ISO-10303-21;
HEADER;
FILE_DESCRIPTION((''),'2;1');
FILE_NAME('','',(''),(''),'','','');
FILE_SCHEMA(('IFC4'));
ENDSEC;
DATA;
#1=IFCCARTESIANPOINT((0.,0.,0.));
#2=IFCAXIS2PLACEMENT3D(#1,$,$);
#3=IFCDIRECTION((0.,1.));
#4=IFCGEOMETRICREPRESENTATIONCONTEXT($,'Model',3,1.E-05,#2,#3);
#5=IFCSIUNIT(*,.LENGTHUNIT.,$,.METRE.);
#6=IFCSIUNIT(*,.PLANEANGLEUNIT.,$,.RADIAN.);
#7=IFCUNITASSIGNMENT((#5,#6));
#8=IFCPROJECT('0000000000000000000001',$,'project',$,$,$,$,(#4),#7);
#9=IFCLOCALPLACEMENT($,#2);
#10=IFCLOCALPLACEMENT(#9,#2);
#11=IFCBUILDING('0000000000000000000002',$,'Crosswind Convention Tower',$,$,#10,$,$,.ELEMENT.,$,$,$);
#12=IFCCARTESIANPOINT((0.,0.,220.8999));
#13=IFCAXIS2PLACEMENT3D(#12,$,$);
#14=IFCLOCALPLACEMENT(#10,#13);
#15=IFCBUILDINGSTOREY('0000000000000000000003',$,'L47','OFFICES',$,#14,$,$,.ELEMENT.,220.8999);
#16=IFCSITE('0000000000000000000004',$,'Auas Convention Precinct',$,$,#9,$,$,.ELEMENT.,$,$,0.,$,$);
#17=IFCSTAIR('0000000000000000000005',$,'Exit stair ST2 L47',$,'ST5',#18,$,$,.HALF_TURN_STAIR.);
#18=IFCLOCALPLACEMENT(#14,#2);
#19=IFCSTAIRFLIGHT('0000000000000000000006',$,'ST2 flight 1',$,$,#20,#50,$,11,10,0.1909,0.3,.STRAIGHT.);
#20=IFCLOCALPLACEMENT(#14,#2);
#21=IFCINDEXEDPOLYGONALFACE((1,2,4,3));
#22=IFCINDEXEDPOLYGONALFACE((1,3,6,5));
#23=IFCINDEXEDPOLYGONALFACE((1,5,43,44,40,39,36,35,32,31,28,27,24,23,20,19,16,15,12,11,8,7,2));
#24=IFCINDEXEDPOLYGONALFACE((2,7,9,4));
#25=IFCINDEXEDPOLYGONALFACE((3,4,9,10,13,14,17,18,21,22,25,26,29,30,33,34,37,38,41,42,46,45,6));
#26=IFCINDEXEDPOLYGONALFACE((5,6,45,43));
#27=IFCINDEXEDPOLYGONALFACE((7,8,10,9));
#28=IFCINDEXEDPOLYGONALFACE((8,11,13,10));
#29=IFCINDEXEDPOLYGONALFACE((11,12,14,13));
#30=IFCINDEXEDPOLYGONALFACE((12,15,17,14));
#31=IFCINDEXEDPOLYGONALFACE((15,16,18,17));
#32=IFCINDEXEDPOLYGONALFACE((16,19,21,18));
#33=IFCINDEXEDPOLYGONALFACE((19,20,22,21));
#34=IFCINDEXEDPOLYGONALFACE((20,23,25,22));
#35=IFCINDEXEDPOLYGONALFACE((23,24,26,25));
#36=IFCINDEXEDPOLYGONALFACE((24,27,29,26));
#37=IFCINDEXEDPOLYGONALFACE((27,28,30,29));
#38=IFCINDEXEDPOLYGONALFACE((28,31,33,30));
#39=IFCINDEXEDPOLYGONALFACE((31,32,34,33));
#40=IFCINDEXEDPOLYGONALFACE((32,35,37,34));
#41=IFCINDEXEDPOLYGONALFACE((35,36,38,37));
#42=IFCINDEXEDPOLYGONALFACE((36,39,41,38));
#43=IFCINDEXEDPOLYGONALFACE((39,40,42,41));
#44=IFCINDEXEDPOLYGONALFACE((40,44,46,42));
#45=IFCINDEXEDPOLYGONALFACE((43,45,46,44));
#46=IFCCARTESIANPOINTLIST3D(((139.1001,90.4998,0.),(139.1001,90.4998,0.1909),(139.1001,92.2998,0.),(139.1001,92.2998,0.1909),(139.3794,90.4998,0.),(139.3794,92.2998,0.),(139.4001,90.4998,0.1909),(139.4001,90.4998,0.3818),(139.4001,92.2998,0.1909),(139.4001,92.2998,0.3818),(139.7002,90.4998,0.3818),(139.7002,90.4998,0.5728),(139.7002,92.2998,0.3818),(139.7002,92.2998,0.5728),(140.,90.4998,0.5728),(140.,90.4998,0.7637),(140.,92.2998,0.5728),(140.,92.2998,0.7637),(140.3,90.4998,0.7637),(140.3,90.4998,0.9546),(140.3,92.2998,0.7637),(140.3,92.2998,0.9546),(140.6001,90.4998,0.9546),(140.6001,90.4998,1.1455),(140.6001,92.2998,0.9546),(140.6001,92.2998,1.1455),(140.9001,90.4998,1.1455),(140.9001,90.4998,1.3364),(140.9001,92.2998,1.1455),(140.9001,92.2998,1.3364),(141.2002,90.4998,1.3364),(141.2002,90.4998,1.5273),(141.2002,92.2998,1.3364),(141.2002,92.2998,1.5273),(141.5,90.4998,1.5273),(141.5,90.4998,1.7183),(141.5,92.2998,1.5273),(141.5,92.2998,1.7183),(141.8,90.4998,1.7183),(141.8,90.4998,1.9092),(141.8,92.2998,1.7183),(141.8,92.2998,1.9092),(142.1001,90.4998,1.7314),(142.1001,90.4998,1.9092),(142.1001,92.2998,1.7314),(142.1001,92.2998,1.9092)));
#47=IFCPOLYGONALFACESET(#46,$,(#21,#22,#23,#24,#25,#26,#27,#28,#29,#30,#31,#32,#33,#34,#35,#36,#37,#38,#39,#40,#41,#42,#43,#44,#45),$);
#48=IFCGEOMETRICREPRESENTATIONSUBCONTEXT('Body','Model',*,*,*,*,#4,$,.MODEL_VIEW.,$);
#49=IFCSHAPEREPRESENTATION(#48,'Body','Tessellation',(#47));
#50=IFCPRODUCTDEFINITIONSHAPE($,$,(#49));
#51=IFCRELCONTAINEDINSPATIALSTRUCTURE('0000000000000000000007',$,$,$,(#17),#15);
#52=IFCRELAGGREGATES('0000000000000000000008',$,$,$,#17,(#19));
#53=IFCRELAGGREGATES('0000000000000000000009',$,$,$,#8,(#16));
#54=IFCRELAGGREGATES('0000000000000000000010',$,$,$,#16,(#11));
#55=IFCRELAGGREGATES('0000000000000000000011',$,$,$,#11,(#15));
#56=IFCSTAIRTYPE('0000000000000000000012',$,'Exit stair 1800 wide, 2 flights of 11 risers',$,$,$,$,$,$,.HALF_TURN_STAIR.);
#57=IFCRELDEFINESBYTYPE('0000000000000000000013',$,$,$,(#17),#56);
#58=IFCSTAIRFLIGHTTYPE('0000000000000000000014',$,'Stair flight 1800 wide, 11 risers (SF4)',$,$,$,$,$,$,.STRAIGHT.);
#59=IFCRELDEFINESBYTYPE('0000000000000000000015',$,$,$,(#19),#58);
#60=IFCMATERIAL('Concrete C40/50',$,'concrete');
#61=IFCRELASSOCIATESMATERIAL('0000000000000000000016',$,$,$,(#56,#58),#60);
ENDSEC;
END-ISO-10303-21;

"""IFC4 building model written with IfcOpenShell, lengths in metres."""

from ifc_helpers import new_model, si_unit, direction, frame, origin, place, context, subcontext, project, spatial, polyline, outline, extrude, material, type_object, element, aggregate, save


model = new_model("IFC4")

# Units and contexts
model_context = context("Model", 3, precision=1e-05, world=origin(), true_north=direction((0.0, 1.0)))
body_context = subcontext(model_context, "Body", "Model", "MODEL_VIEW")
ifc_project = project(units=[si_unit("LENGTHUNIT", "METRE"), si_unit("PLANEANGLEUNIT", "RADIAN")], contexts=[model_context])

# Site, building, storey
site_placement = place(None, origin())
site = spatial("IfcSite", under=ifc_project, at=site_placement, Name="Auas Convention Precinct", CompositionType="ELEMENT", RefElevation=0.0)
building_placement = place(site_placement, origin())
building = spatial("IfcBuilding", under=site, at=building_placement, Name="Crosswind Convention Tower", CompositionType="ELEMENT")
storey_placement = place(building_placement, frame((0.0, 0.0, 220.8999)))
storey = spatial("IfcBuildingStorey", under=building, at=storey_placement, Name="L47", Description="OFFICES", CompositionType="ELEMENT", Elevation=220.8999)

# Stair, stair flight
ifc_material_1 = material(Name="Concrete C40/50", Category="concrete")
stair_type = type_object("IfcStairType", Name="Exit stair 1800 wide, 2 flights of 11 risers", PredefinedType="HALF_TURN_STAIR", material=ifc_material_1)
stair_placement = place(storey_placement, origin())
stair = element("IfcStair", 1, at=stair_placement, inside=storey, type_object=stair_type, Name="Exit stair ST2 L47", ObjectType="ST5", PredefinedType="HALF_TURN_STAIR")
stair_flight_type = type_object("IfcStairFlightType", Name="Stair flight 1800 wide, 11 risers (SF4)", PredefinedType="STRAIGHT", material=ifc_material_1)
stair_flight_placement = place(storey_placement, frame((139.1001, 91.3999, 0.0), z_axis=(0.0, 0.0, 1.0), x_axis=(1.0, 0.0, 0.0)))
stair_flight = element("IfcStairFlight", 2, at=stair_flight_placement, type_object=stair_flight_type, Name="ST2 flight 1", NumberOfRisers=11, NumberOfTreads=10, PredefinedType="STRAIGHT", RiserHeight=0.1909, TreadLength=0.3, context=body_context, shape_type="SweptSolid", body=[
    extrude(outline(polyline([(0.0, 0.0), (0.0, 0.1909), (0.3, 0.1909), (0.3, 0.3818), (0.6001, 0.3818), (0.6001, 0.5728), (0.8999, 0.5728), (0.8999, 0.7637), (1.2, 0.7637), (1.2, 0.9546), (1.5, 0.9546), (1.5, 1.1455), (1.8, 1.1455), (1.8, 1.3364), (2.1001, 1.3364), (2.1001, 1.5273), (2.3999, 1.5273), (2.3999, 1.7183), (2.7, 1.7183), (2.7, 1.9092), (3.0, 1.9092), (3.0, 2.1001), (3.0, 1.7314), (0.2793, 0.0), (0.0, 0.0)])), frame((0.0, 0.8999, 0.0), z_axis=(0.0, -1.0, 0.0), x_axis=(1.0, 0.0, 0.0)), (0.0, 0.0, 1.0), 1.8),
])
aggregate(stair, [stair_flight])

save(model, "model.ifc")
